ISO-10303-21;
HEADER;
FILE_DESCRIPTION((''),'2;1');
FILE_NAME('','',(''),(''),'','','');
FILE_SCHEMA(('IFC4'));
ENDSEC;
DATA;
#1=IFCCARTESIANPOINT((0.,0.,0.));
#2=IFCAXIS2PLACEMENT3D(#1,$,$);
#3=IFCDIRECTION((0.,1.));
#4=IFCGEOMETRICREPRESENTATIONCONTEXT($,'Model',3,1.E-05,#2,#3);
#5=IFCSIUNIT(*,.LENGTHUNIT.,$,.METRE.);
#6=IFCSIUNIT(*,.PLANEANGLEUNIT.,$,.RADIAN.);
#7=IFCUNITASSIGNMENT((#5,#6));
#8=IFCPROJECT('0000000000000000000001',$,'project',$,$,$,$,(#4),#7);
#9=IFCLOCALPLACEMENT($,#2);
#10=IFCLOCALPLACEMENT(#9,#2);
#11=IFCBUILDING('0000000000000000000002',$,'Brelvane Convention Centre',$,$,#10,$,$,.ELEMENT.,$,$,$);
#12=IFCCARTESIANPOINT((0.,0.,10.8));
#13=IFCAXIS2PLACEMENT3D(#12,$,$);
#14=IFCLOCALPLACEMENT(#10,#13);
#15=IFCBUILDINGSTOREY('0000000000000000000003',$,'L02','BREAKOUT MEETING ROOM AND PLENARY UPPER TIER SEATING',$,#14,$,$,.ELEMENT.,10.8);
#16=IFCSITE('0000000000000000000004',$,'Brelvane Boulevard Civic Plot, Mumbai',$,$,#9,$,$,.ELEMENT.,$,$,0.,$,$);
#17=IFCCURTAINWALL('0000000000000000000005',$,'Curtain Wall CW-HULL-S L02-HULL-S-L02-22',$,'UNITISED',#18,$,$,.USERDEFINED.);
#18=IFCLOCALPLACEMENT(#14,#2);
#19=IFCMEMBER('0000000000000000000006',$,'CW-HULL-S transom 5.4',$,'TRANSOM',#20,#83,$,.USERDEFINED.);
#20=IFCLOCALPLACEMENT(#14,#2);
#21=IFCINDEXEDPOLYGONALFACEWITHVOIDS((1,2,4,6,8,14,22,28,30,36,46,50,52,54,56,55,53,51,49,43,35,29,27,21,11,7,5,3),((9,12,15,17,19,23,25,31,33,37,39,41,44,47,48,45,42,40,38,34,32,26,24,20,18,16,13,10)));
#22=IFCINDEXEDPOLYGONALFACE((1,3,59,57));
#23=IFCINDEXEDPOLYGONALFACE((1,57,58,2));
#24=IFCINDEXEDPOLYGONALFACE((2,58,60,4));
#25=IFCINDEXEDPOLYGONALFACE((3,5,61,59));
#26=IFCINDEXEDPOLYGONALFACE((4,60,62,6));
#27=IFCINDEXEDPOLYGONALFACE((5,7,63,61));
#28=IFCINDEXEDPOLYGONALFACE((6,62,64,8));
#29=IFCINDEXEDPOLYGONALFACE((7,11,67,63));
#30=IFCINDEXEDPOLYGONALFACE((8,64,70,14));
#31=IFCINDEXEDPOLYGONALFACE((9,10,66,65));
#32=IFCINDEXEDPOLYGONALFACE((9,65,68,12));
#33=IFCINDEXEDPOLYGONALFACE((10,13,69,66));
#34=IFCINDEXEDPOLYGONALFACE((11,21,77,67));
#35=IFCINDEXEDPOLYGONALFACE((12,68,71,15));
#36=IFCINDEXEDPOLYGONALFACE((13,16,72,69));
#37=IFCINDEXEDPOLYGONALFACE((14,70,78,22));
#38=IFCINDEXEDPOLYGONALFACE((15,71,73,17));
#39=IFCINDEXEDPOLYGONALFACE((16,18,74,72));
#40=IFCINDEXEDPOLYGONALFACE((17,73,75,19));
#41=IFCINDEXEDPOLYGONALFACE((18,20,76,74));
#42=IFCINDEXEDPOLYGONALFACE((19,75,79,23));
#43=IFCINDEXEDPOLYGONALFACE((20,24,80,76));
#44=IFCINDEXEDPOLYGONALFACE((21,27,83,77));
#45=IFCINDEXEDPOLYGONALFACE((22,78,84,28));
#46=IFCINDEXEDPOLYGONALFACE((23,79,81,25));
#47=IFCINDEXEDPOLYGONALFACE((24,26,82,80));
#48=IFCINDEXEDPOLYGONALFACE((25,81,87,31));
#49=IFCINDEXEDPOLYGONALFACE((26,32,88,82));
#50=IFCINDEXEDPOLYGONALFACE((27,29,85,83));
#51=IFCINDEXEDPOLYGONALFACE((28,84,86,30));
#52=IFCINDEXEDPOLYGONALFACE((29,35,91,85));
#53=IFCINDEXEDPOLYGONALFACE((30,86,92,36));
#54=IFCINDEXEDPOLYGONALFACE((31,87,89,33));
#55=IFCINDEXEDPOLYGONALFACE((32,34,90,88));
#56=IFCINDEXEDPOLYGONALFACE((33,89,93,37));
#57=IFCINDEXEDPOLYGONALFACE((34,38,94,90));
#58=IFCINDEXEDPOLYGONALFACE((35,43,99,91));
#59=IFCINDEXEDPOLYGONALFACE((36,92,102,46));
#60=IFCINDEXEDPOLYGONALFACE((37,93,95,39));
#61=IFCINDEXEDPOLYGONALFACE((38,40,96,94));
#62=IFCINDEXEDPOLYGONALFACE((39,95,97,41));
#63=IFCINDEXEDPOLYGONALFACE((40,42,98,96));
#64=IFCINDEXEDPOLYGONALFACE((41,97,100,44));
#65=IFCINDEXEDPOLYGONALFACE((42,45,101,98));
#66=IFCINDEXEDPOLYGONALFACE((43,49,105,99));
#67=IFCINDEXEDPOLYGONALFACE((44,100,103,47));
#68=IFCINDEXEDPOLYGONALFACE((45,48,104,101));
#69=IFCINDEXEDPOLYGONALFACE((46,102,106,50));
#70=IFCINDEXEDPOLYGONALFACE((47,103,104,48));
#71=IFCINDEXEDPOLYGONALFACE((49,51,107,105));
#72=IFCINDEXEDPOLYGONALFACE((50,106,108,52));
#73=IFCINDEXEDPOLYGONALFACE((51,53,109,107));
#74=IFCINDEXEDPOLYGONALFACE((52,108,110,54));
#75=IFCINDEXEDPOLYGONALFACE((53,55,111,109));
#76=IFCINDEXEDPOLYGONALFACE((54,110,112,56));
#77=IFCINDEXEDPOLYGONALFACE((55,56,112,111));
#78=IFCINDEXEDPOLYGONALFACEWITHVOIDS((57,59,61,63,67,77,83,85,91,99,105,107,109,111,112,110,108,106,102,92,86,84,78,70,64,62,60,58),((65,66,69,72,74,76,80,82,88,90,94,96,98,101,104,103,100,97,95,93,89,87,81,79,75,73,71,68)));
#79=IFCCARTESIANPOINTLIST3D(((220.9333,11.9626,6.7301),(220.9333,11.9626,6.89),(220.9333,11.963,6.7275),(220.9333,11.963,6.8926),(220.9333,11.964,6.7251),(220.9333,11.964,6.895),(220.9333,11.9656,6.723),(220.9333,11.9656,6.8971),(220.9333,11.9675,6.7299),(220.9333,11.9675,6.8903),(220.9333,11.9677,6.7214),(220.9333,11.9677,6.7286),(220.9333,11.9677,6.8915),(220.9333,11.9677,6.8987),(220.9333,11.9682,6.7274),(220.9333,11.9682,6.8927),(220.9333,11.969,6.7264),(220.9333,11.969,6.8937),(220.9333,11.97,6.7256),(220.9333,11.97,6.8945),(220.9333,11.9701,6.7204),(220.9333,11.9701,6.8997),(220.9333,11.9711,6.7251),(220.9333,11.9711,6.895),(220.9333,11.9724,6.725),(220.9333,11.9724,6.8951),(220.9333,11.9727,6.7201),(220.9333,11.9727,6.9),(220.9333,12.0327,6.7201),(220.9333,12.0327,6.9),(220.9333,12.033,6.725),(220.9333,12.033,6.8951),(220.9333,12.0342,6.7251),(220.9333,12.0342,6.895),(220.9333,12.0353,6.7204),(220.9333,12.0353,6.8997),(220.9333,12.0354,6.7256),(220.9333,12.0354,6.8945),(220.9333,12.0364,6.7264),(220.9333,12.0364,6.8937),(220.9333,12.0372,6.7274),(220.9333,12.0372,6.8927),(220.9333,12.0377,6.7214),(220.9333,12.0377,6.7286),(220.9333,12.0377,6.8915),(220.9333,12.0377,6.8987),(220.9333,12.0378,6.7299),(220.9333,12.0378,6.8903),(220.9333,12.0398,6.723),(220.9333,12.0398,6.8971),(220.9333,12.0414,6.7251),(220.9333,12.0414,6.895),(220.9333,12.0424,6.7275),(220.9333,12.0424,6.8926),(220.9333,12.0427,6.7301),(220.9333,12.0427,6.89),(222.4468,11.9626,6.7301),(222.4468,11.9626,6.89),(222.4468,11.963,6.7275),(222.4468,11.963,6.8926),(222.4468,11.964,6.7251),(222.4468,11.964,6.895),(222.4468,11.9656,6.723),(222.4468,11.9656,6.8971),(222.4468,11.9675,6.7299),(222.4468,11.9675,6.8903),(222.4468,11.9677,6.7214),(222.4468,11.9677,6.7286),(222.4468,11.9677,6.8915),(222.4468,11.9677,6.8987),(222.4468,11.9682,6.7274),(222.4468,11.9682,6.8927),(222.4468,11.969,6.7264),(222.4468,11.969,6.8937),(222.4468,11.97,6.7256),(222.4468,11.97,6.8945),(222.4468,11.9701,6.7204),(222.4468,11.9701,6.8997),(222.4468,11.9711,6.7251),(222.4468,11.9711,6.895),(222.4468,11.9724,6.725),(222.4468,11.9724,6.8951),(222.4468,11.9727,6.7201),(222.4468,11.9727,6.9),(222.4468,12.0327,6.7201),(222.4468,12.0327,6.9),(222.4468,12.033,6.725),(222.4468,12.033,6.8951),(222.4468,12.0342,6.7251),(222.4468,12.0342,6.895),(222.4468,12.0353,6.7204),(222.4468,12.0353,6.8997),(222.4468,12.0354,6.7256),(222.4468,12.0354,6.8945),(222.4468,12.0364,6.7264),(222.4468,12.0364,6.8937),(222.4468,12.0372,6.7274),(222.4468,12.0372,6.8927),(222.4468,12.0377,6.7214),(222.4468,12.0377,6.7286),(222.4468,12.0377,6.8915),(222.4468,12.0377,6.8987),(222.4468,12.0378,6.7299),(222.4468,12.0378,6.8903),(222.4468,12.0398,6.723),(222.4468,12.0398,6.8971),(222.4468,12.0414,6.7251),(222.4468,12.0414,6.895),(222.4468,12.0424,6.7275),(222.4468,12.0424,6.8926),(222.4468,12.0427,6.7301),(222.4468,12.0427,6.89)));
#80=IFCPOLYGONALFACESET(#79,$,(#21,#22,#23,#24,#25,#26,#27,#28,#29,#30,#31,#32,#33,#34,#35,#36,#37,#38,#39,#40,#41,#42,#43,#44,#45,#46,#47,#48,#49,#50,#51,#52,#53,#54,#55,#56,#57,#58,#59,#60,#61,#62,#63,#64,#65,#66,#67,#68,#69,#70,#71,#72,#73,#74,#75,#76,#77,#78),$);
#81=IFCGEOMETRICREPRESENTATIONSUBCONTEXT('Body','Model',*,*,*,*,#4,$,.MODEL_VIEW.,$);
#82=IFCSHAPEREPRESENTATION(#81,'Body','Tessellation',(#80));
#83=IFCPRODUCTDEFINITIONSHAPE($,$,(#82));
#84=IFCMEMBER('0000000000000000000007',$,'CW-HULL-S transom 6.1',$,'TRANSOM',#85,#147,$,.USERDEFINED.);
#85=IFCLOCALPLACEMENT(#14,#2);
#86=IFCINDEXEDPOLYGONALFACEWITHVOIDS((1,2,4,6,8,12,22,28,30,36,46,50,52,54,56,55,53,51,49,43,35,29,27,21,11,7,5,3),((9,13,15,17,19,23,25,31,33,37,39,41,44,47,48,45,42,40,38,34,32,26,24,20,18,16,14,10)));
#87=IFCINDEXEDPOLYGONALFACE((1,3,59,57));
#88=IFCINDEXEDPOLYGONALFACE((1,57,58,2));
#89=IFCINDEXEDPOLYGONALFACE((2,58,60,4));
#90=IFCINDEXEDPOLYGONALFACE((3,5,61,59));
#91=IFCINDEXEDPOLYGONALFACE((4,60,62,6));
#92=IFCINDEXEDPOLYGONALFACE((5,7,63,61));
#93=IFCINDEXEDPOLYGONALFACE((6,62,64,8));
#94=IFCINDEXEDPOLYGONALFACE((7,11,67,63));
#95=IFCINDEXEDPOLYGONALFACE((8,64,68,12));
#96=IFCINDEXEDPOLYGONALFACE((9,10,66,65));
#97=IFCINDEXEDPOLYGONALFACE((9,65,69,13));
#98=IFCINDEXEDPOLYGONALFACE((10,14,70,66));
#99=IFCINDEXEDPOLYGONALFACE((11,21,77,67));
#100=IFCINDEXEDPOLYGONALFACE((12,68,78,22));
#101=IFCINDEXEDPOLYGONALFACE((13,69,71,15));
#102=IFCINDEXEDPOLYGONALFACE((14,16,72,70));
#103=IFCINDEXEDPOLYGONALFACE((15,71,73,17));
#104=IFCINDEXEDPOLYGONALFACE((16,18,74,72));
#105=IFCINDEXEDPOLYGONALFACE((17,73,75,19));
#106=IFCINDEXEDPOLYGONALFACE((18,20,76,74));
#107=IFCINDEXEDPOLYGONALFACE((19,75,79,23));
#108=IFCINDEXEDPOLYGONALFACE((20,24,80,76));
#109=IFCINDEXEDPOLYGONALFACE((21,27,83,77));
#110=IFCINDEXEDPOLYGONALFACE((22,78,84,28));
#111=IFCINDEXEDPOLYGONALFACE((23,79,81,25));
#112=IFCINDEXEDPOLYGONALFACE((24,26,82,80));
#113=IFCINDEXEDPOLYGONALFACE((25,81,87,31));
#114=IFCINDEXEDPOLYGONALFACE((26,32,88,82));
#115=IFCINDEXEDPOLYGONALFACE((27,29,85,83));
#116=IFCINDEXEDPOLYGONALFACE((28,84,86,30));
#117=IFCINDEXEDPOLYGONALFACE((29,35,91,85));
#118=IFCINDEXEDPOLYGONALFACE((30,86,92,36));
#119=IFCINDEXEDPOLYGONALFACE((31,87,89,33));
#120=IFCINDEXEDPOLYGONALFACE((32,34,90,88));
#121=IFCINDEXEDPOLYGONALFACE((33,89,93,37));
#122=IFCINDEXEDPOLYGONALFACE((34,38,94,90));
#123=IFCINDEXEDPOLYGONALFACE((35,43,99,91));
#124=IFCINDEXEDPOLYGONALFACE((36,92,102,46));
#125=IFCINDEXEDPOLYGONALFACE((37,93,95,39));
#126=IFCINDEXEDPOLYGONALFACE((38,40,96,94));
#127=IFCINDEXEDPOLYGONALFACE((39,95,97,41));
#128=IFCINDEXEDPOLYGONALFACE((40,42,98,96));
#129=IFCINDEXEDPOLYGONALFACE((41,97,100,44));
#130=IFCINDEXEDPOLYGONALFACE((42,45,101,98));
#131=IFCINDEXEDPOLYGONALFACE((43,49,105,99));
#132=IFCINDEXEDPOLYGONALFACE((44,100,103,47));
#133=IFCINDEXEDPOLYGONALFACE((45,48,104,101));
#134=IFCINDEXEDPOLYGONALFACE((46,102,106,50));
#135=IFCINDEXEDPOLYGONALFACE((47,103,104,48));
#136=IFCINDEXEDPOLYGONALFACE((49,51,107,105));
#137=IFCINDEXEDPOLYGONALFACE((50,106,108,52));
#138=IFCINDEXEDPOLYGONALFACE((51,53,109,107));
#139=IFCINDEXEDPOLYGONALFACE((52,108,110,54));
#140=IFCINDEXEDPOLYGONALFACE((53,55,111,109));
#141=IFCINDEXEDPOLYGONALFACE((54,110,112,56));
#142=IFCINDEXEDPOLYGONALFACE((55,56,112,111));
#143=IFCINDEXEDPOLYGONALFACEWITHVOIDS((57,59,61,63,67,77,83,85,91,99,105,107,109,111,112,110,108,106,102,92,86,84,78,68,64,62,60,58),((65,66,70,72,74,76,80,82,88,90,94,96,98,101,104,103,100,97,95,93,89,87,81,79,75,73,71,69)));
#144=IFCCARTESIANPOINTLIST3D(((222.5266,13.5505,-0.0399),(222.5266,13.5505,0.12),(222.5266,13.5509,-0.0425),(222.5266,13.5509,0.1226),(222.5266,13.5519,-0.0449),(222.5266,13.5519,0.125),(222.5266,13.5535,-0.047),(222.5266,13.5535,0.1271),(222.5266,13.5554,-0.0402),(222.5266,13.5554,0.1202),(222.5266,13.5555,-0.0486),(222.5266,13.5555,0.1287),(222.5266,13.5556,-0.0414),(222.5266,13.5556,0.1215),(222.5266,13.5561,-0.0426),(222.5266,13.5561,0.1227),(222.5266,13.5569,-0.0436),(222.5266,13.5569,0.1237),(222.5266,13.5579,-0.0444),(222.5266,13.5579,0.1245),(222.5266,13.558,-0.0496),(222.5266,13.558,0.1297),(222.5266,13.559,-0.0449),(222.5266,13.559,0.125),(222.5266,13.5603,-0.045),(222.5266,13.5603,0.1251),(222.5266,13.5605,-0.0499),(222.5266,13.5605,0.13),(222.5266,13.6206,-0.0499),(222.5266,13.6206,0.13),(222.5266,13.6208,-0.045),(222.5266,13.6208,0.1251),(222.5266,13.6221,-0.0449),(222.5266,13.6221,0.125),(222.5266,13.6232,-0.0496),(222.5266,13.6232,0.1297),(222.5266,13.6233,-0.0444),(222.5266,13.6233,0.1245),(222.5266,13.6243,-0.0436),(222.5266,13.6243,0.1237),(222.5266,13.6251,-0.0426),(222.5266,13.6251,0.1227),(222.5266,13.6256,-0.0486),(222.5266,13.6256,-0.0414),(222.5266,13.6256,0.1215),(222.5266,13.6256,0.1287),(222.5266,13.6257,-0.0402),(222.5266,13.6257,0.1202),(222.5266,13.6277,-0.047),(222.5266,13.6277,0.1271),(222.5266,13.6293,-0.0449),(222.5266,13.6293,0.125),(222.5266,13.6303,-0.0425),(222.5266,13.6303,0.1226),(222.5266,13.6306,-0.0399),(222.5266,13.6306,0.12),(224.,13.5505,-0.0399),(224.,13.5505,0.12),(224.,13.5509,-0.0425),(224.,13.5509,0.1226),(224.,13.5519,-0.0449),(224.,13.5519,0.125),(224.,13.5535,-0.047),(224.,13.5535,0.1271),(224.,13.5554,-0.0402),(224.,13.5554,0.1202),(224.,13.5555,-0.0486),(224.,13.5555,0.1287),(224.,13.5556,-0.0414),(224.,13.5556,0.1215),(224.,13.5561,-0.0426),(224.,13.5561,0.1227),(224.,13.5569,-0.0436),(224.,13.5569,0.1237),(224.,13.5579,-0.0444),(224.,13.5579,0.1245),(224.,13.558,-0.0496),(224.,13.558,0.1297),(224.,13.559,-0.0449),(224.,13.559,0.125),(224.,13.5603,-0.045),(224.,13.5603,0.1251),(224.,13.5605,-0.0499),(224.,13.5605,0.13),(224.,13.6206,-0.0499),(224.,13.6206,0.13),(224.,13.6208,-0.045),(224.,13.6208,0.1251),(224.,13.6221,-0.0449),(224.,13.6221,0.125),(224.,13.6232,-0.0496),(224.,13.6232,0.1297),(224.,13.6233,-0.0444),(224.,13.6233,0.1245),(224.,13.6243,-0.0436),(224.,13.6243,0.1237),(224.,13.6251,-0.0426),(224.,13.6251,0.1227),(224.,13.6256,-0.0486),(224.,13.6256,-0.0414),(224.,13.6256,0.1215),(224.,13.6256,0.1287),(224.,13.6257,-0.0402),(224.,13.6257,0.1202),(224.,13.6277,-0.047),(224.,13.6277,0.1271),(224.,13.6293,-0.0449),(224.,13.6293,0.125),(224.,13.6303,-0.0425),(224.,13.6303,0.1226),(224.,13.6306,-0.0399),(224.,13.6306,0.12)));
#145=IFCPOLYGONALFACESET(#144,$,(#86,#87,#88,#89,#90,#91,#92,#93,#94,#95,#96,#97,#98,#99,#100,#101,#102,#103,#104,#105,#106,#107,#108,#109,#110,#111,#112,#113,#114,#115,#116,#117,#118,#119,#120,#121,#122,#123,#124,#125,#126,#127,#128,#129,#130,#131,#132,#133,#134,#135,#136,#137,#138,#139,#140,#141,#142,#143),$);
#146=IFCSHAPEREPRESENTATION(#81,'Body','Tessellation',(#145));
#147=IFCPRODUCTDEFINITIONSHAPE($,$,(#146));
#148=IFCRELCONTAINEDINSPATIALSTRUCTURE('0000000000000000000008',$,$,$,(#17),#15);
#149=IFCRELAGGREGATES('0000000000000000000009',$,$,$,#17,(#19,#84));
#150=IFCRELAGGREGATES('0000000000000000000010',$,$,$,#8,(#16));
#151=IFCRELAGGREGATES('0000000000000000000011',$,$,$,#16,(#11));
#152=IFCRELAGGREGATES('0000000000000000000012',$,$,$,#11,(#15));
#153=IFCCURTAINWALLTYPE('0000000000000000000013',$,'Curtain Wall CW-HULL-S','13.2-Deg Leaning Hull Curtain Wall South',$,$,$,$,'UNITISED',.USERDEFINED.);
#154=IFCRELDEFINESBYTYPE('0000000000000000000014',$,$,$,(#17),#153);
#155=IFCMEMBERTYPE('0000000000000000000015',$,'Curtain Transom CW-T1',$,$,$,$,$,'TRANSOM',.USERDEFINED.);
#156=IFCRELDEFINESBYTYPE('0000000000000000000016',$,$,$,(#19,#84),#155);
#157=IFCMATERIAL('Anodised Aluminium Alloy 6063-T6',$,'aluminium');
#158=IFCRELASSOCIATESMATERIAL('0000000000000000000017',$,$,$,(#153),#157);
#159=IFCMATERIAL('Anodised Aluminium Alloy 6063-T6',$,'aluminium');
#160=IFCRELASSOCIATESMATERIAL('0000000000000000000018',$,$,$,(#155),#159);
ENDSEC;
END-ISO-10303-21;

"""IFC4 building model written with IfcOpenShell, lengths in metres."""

from ifc_helpers import new_model, si_unit, direction, frame, origin, origin_2d, place, context, subcontext, project, spatial, hollow_rectangle, extrude, material, material_profile, profile_set, type_object, element, aggregate, save


model = new_model("IFC4")

# Units and contexts
model_context = context("Model", 3, precision=1e-05, world=origin(), true_north=direction((0.0, 1.0)))
body_context = subcontext(model_context, "Body", "Model", "MODEL_VIEW")
ifc_project = project(units=[si_unit("LENGTHUNIT", "METRE"), si_unit("PLANEANGLEUNIT", "RADIAN")], contexts=[model_context])

# Site, building, storey
site_placement = place(None, origin())
site = spatial("IfcSite", under=ifc_project, at=site_placement, Name="Brelvane Boulevard Civic Plot, Mumbai", CompositionType="ELEMENT", RefElevation=0.0)
building_placement = place(site_placement, origin())
building = spatial("IfcBuilding", under=site, at=building_placement, Name="Brelvane Convention Centre", CompositionType="ELEMENT")
storey_placement = place(building_placement, frame((0.0, 0.0, 10.8)))
storey = spatial("IfcBuildingStorey", under=building, at=storey_placement, Name="L02", Description="BREAKOUT MEETING ROOM AND PLENARY UPPER TIER SEATING", CompositionType="ELEMENT", Elevation=10.8)

# Curtain wall
ifc_material_1 = material(Name="Anodised Aluminium Alloy 6063-T6", Category="aluminium")
curtain_wall_type_1 = type_object("IfcCurtainWallType", Name="Curtain Wall CW-HULL-S", Description="13.2-Deg Leaning Hull Curtain Wall South", ElementType="UNITISED", PredefinedType="USERDEFINED", material=ifc_material_1)
curtain_wall_1_placement = place(storey_placement, origin())
curtain_wall_1 = element("IfcCurtainWall", 1, at=curtain_wall_1_placement, inside=storey, type_object=curtain_wall_type_1, Name="Curtain Wall CW-HULL-S L02-HULL-S-L02-22", ObjectType="UNITISED", PredefinedType="USERDEFINED")

# Members
ifc_material_2 = material(Name="Anodised Aluminium Alloy 6063-T6", Category="aluminium")
ifc_material_profile_1 = material_profile(ifc_material_2, hollow_rectangle(XDim=0.0801, YDim=0.1799, WallThickness=0.0049, InnerFilletRadius=0.0049, OuterFilletRadius=0.01, at=origin_2d()), Name="ALU-T 180x80x5.0")
ifc_profile_set_1 = profile_set([ifc_material_profile_1], Name="Anodised Aluminium Alloy 6063-T6")
member_type_1 = type_object("IfcMemberType", Name="Curtain Transom CW-T1", ElementType="TRANSOM", PredefinedType="USERDEFINED", material=ifc_profile_set_1)
member_1_placement = place(storey_placement, frame((220.9333, 12.0027, 6.8101), z_axis=(1.0, 0.0, 0.0), x_axis=(0.0, 1.0, 0.0)))
member_1 = element("IfcMember", 2, at=member_1_placement, type_object=member_type_1, Name="CW-HULL-S transom 5.4", ObjectType="TRANSOM", PredefinedType="USERDEFINED", context=body_context, shape_type="SweptSolid", body=[
    extrude(hollow_rectangle(XDim=0.0801, YDim=0.1799, WallThickness=0.0049, InnerFilletRadius=0.0049, OuterFilletRadius=0.01, at=origin_2d()), origin(), (0.0, 0.0, 1.0), 1.5134),
])
member_2_placement = place(storey_placement, frame((222.5266, 13.5906, 0.04), z_axis=(1.0, 0.0, 0.0), x_axis=(0.0, 1.0, 0.0)))
member_2 = element("IfcMember", 3, at=member_2_placement, type_object=member_type_1, Name="CW-HULL-S transom 6.1", ObjectType="TRANSOM", PredefinedType="USERDEFINED", context=body_context, shape_type="SweptSolid", body=[
    extrude(hollow_rectangle(XDim=0.0801, YDim=0.1799, WallThickness=0.0049, InnerFilletRadius=0.0049, OuterFilletRadius=0.01, at=origin_2d()), origin(), (0.0, 0.0, 1.0), 1.4734),
])

aggregate(curtain_wall_1, [member_1, member_2])

save(model, "model.ifc")
